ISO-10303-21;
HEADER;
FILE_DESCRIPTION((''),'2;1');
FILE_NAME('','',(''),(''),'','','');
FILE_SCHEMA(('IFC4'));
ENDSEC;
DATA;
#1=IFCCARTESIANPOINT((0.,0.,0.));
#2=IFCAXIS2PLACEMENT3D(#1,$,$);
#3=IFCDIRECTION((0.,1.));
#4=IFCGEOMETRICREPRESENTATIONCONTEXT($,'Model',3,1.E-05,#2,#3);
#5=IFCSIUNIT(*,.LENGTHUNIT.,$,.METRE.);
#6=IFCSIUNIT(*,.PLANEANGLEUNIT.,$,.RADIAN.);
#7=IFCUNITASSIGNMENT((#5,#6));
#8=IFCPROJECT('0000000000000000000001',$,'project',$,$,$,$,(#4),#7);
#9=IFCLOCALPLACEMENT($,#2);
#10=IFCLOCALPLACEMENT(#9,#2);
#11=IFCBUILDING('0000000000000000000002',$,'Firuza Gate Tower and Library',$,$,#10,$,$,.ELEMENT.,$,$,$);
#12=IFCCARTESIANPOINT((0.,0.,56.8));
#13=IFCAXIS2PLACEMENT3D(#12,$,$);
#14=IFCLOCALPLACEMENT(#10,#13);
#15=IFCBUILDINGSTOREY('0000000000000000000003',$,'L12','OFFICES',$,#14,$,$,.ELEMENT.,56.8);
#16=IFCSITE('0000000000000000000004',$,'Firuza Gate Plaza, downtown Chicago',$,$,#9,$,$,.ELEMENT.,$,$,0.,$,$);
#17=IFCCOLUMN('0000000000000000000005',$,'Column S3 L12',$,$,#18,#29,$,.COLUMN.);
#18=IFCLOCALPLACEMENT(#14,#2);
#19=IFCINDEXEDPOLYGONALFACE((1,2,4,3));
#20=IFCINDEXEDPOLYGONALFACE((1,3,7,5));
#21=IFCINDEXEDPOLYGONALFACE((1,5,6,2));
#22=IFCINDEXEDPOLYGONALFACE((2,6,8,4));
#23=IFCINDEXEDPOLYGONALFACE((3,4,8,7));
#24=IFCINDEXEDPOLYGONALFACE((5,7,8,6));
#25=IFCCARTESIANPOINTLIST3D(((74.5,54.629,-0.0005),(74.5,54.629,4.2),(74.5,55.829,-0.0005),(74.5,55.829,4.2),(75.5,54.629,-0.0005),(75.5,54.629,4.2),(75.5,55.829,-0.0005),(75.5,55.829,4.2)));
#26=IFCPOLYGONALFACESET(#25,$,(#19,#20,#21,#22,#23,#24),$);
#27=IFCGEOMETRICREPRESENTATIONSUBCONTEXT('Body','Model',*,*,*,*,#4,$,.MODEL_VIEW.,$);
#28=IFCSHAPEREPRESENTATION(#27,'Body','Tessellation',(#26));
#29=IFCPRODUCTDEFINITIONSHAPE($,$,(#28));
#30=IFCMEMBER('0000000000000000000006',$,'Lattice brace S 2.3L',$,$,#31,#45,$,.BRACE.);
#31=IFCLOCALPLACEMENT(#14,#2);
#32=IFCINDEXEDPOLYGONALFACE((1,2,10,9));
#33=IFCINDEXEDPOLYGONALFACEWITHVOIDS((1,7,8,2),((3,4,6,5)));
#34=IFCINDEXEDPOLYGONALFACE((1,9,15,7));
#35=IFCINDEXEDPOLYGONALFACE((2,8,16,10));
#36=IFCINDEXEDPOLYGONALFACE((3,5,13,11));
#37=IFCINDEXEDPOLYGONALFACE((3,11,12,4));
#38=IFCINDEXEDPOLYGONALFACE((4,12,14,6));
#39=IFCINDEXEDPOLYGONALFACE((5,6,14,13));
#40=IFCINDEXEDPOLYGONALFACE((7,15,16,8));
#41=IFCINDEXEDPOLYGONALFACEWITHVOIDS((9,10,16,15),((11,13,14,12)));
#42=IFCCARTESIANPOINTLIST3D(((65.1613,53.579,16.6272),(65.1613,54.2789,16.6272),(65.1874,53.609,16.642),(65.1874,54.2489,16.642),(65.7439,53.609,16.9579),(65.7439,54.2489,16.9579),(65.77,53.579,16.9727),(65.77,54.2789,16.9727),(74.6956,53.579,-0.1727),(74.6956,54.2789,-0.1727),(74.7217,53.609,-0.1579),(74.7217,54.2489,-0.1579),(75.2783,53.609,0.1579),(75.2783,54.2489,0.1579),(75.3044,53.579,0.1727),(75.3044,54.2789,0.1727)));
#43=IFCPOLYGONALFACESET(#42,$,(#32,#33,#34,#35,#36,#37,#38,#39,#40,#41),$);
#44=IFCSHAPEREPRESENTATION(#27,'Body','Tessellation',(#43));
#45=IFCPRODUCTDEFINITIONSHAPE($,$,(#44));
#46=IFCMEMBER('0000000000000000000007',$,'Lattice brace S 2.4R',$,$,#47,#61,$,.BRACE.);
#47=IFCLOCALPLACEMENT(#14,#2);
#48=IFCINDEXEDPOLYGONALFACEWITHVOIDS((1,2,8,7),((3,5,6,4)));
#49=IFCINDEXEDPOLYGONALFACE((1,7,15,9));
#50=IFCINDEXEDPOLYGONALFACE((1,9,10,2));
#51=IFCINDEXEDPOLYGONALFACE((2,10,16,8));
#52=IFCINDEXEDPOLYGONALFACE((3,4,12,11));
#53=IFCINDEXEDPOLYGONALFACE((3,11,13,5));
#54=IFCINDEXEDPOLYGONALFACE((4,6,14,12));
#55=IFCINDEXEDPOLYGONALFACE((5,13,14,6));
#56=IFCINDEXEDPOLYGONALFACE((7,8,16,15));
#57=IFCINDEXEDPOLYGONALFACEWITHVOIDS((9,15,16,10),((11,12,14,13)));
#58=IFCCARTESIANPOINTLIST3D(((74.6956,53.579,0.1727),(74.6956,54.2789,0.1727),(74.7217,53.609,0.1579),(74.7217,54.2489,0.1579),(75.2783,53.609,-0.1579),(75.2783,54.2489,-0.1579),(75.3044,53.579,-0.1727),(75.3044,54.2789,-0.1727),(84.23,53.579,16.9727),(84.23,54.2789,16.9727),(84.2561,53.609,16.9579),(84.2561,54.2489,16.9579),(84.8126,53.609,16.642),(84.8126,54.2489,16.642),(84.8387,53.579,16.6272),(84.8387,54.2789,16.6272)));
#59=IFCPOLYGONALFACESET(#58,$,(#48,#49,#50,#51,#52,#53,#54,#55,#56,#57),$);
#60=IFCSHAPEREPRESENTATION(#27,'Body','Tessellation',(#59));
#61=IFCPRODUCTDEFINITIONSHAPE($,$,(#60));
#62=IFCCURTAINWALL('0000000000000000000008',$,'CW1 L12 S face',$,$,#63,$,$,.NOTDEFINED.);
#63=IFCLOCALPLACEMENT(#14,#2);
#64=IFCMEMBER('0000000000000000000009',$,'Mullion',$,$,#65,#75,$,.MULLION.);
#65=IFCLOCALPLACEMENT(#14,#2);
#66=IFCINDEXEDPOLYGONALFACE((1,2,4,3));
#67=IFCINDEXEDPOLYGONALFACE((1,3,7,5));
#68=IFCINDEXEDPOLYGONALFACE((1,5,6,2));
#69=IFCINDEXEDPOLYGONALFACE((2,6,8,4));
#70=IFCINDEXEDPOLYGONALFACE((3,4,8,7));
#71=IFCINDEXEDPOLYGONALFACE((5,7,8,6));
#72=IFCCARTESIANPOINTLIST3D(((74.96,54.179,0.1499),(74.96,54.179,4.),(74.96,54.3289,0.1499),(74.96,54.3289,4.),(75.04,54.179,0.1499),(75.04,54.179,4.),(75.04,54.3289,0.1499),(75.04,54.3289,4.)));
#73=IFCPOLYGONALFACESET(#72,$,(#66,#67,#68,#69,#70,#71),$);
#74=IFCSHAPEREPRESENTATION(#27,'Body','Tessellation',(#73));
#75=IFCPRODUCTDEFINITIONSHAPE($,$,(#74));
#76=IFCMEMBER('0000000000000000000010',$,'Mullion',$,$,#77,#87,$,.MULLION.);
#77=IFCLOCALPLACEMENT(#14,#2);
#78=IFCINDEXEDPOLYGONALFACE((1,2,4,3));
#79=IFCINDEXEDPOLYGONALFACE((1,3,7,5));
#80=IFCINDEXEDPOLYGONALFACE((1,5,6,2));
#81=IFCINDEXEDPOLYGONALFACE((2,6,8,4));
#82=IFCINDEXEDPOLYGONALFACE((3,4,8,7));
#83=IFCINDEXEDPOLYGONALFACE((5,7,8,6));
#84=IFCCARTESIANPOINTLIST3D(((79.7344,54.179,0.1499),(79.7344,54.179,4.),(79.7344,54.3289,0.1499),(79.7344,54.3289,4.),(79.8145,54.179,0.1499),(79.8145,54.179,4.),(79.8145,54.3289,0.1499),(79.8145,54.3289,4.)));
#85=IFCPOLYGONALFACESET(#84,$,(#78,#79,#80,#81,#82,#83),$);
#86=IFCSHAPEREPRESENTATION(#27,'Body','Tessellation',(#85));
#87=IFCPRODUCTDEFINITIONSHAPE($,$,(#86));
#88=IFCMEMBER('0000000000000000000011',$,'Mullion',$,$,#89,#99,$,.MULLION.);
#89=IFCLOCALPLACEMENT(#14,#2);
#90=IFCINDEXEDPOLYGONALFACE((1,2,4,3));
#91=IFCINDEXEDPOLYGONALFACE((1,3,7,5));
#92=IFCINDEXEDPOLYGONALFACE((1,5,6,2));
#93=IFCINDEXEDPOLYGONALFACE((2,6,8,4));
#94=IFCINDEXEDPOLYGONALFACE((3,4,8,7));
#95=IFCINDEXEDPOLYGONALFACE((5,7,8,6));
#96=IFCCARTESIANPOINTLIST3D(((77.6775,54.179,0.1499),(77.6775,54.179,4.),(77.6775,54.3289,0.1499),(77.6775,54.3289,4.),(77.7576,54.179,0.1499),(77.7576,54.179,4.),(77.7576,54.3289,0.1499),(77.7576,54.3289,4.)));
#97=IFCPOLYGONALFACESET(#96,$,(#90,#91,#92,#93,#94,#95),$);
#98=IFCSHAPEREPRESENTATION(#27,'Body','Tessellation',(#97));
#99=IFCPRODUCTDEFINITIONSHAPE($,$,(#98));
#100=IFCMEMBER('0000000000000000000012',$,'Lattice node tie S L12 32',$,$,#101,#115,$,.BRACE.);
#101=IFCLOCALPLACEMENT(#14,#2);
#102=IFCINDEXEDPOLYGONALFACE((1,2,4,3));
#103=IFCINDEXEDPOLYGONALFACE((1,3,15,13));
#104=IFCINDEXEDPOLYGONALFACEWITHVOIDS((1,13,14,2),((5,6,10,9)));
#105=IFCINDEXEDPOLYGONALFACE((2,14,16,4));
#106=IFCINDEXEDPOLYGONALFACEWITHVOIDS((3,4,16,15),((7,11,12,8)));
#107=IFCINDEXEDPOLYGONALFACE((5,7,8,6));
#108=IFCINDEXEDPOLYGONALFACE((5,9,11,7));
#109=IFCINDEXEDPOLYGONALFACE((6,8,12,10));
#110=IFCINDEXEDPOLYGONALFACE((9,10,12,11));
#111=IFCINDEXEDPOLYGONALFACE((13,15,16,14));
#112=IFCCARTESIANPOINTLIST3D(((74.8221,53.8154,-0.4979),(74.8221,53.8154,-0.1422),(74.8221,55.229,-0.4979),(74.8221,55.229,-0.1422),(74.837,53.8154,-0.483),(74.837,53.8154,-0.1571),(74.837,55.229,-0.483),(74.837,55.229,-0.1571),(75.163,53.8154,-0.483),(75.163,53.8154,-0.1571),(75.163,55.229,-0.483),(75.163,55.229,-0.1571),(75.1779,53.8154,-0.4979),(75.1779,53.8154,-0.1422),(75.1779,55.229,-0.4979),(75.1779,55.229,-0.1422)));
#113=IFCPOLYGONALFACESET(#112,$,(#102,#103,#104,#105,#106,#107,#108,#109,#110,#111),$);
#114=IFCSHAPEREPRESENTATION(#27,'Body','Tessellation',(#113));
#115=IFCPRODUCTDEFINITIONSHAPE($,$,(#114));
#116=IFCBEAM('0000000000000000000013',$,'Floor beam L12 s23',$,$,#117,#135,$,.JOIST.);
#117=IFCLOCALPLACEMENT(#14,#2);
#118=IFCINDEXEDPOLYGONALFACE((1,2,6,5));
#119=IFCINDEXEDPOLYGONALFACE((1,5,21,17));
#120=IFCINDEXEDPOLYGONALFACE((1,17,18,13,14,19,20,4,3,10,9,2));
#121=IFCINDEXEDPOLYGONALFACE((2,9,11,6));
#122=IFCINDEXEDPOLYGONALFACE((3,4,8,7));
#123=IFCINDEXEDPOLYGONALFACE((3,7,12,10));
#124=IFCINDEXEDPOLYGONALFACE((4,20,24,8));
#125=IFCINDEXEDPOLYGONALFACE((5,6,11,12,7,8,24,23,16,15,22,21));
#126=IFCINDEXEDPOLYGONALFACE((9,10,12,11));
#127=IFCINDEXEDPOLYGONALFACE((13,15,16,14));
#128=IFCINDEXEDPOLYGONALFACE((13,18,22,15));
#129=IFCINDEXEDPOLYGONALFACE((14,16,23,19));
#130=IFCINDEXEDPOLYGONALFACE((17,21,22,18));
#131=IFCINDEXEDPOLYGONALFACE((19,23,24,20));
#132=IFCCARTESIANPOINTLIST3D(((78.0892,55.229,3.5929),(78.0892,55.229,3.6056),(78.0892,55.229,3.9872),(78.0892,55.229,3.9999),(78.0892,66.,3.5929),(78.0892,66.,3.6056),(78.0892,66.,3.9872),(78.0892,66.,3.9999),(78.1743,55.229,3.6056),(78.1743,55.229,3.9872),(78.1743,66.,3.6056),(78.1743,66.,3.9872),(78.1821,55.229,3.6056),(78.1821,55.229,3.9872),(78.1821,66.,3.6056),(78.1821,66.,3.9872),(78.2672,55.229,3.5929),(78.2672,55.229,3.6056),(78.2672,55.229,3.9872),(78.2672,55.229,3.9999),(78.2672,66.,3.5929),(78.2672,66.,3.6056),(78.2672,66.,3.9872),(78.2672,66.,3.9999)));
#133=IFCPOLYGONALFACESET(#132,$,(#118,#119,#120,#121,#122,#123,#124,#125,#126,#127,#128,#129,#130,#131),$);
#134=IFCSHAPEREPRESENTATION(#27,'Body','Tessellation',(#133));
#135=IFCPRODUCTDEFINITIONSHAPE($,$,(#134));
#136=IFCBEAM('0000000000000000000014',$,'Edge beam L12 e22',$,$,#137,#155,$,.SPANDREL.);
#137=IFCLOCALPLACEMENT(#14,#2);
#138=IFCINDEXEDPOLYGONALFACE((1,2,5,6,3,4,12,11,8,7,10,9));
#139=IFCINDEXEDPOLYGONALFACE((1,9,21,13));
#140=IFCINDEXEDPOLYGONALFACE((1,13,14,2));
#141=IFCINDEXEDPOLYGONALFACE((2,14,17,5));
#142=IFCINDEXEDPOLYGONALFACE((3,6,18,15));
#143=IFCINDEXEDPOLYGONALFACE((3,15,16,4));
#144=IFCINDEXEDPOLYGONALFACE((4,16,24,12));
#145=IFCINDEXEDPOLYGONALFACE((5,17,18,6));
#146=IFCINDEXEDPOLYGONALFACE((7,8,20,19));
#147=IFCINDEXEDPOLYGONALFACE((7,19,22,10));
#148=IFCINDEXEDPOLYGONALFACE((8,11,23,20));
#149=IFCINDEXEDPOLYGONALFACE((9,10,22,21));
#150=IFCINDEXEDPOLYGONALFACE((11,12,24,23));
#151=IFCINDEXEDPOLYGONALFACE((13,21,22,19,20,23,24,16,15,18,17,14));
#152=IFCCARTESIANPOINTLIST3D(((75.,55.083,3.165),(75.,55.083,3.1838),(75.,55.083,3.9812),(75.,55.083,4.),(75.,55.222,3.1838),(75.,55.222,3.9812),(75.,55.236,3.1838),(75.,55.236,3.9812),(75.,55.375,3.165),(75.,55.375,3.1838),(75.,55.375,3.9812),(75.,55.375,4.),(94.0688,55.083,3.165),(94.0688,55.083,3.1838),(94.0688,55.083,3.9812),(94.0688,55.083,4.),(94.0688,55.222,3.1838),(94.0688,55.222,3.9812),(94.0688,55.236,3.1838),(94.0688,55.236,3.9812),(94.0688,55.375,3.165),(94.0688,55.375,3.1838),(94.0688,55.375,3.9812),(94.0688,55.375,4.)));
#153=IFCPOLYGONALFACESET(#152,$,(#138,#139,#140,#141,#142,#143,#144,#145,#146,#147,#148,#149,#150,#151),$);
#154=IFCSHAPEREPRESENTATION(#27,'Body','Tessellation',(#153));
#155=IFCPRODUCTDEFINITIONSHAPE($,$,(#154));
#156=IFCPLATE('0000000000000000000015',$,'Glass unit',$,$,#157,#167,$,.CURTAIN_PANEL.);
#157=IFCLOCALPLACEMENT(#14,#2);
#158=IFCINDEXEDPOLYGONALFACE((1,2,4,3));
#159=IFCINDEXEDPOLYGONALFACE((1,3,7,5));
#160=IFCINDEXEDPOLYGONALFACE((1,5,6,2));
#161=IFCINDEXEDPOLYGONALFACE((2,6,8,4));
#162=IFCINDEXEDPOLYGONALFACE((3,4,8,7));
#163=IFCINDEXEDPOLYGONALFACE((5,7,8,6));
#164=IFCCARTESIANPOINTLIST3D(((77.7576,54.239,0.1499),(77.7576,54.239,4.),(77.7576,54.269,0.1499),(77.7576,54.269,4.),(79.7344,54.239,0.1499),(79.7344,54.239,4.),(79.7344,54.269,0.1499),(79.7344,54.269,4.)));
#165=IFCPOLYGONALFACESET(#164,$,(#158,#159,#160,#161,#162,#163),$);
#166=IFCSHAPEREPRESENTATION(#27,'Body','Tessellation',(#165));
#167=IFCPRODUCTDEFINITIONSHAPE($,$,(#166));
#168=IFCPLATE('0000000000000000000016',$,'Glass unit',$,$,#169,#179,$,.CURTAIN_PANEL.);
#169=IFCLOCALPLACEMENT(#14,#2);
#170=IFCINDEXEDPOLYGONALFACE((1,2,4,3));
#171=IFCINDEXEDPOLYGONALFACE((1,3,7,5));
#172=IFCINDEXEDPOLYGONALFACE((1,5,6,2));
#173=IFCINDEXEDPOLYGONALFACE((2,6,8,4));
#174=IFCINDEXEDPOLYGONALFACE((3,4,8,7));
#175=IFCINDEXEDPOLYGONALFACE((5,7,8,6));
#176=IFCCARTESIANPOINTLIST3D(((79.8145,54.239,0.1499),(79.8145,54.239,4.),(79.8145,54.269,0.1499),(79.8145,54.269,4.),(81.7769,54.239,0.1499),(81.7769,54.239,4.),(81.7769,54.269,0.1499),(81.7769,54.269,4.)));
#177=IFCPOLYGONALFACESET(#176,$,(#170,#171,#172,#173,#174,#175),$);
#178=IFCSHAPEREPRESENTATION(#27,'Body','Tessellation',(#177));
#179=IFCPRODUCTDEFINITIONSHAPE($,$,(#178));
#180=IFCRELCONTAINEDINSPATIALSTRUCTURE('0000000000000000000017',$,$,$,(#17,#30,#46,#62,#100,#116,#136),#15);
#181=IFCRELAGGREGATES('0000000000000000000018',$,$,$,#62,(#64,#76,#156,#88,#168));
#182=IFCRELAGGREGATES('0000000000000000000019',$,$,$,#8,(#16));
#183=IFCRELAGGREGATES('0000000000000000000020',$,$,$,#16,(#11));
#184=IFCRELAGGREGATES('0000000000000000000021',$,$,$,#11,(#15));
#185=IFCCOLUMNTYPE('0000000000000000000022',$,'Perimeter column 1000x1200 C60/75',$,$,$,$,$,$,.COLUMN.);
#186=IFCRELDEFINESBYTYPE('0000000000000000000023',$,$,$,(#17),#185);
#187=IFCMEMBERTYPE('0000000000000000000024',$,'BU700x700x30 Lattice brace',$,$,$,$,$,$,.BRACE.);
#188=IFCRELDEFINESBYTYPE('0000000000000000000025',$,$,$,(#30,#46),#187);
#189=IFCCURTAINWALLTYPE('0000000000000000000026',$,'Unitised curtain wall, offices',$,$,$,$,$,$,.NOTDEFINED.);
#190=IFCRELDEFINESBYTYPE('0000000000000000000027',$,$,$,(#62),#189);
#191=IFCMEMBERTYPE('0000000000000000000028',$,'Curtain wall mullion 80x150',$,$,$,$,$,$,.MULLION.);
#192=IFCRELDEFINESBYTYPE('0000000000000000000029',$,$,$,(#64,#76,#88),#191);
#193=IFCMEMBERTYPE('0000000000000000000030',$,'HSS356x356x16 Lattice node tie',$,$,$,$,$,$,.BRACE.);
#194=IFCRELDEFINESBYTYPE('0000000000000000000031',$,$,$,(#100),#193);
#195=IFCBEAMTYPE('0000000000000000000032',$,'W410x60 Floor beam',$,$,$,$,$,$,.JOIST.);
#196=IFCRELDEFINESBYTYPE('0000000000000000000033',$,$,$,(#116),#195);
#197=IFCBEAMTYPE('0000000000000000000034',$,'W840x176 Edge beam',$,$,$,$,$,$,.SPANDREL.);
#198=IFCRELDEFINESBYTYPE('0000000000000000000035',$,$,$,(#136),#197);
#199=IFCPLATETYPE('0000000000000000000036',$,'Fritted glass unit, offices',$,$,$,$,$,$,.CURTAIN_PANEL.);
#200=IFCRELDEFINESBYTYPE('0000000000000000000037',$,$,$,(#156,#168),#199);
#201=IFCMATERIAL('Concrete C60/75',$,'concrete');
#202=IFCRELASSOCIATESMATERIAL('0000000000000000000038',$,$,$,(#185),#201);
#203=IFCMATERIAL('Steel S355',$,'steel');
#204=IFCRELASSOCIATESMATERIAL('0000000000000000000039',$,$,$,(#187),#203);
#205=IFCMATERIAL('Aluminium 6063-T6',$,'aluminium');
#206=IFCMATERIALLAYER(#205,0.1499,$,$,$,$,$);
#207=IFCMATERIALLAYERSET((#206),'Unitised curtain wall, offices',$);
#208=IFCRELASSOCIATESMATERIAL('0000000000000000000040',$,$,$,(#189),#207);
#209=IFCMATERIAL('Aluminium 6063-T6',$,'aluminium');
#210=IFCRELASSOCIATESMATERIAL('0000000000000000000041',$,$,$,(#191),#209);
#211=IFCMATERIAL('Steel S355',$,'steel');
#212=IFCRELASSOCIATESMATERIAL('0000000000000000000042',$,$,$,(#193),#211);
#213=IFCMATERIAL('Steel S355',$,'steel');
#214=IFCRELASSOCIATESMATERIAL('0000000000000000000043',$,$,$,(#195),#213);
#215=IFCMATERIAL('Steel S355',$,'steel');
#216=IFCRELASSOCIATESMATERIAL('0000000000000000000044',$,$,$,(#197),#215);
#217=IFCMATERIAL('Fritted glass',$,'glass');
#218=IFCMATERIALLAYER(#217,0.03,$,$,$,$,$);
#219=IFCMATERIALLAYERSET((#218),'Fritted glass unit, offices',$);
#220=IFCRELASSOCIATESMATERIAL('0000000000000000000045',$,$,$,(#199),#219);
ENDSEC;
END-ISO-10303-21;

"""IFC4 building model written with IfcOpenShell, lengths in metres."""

from ifc_helpers import new_model, si_unit, direction, frame, origin, origin_2d, place, context, subcontext, project, spatial, polyline, rectangle, hollow_rectangle, i_section, outline, extrude, material, layer, layer_set, material_profile, profile_set, type_object, element, aggregate, save


model = new_model("IFC4")

# Units and contexts
model_context = context("Model", 3, precision=1e-05, world=origin(), true_north=direction((0.0, 1.0)))
body_context = subcontext(model_context, "Body", "Model", "MODEL_VIEW")
ifc_project = project(units=[si_unit("LENGTHUNIT", "METRE"), si_unit("PLANEANGLEUNIT", "RADIAN")], contexts=[model_context])

# Site, building, storey
site_placement = place(None, origin())
site = spatial("IfcSite", under=ifc_project, at=site_placement, Name="Firuza Gate Plaza, downtown Chicago", CompositionType="ELEMENT", RefElevation=0.0)
building_placement = place(site_placement, origin())
building = spatial("IfcBuilding", under=site, at=building_placement, Name="Firuza Gate Tower and Library", CompositionType="ELEMENT")
storey_placement = place(building_placement, frame((0.0, 0.0, 56.8)))
storey = spatial("IfcBuildingStorey", under=building, at=storey_placement, Name="L12", Description="OFFICES", CompositionType="ELEMENT", Elevation=56.8)

# Column
ifc_material_1 = material(Name="Concrete C60/75", Category="concrete")
ifc_material_profile_1 = material_profile(ifc_material_1, rectangle(XDim=1.0, YDim=1.2, at=origin_2d()))
ifc_profile_set_1 = profile_set([ifc_material_profile_1], Name="Concrete C60/75")
column_type = type_object("IfcColumnType", Name="Perimeter column 1000x1200 C60/75", PredefinedType="COLUMN", material=ifc_profile_set_1)
column_placement = place(storey_placement, frame((75.0, 55.229, -0.0005), z_axis=(0.0, 0.0, 1.0), x_axis=(1.0, 0.0, 0.0)))
element("IfcColumn", 1, at=column_placement, inside=storey, type_object=column_type, Name="Column S3 L12", PredefinedType="COLUMN", context=body_context, shape_type="SweptSolid", body=[
    extrude(rectangle(XDim=1.0, YDim=1.2, at=origin_2d()), origin(), (0.0, 0.0, 1.0), 4.2004),
])

# Members
ifc_material_2 = material(Name="Steel S355", Category="steel")
ifc_material_profile_2 = material_profile(ifc_material_2, hollow_rectangle(XDim=0.7, YDim=0.7, WallThickness=0.03, at=origin_2d()))
ifc_profile_set_2 = profile_set([ifc_material_profile_2], Name="Steel S355")
member_type_1 = type_object("IfcMemberType", Name="BU700x700x30 Lattice brace", PredefinedType="BRACE", material=ifc_profile_set_2)
for number, where, z_axis, x_axis, name in (
    (2, (75.0, 53.929, 0.0), (-0.493577, 0.0, 0.869702), (0.0, -1.0, 0.0), "Lattice brace S 2.3L"),
    (3, (75.0, 53.929, 0.0), (0.493577, 0.0, 0.869702), (0.0, 1.0, 0.0), "Lattice brace S 2.4R"),
):
    element("IfcMember", number, at=place(storey_placement, frame(where, z_axis=z_axis, x_axis=x_axis)), inside=storey, type_object=member_type_1, Name=name, PredefinedType="BRACE", context=body_context, shape_type="SweptSolid", body=[
        extrude(hollow_rectangle(XDim=0.7, YDim=0.7, WallThickness=0.03, at=origin_2d()), origin(), (0.0, 0.0, 1.0), 19.3169),
    ])

# Curtain wall, members
ifc_material_3 = material(Name="Aluminium 6063-T6", Category="aluminium")
ifc_layer_1 = layer(ifc_material_3, 0.1499)
ifc_layer_set_1 = layer_set([ifc_layer_1], Name="Unitised curtain wall, offices")
curtain_wall_type = type_object("IfcCurtainWallType", Name="Unitised curtain wall, offices", PredefinedType="NOTDEFINED", material=ifc_layer_set_1)
curtain_wall_placement = place(storey_placement, origin())
curtain_wall = element("IfcCurtainWall", 4, at=curtain_wall_placement, inside=storey, type_object=curtain_wall_type, Name="CW1 L12 S face", PredefinedType="NOTDEFINED")
ifc_material_4 = material(Name="Aluminium 6063-T6", Category="aluminium")
ifc_material_profile_3 = material_profile(ifc_material_4, rectangle(XDim=0.1499, YDim=0.0801, at=origin_2d()))
ifc_profile_set_3 = profile_set([ifc_material_profile_3], Name="Aluminium 6063-T6")
member_type_2 = type_object("IfcMemberType", Name="Curtain wall mullion 80x150", PredefinedType="MULLION", material=ifc_profile_set_3)
member_1_placement = place(storey_placement, frame((75.0, 54.2539, 0.1499), z_axis=(0.0, 0.0, 1.0), x_axis=(0.0, 1.0, 0.0)))
member_1 = element("IfcMember", 5, at=member_1_placement, type_object=member_type_2, Name="Mullion", PredefinedType="MULLION", context=body_context, shape_type="SweptSolid", body=[
    extrude(rectangle(XDim=0.1499, YDim=0.0801, at=origin_2d()), origin(), (0.0, 0.0, 1.0), 3.8501),
])
member_2_placement = place(storey_placement, frame((79.7744, 54.2539, 0.1499), z_axis=(0.0, 0.0, 1.0), x_axis=(0.0, 1.0, 0.0)))
member_2 = element("IfcMember", 6, at=member_2_placement, type_object=member_type_2, Name="Mullion", PredefinedType="MULLION", context=body_context, shape_type="SweptSolid", body=[
    extrude(rectangle(XDim=0.1499, YDim=0.0801, at=origin_2d()), origin(), (0.0, 0.0, 1.0), 3.8501),
])
member_3_placement = place(storey_placement, frame((77.7175, 54.2539, 0.1499), z_axis=(0.0, 0.0, 1.0), x_axis=(0.0, 1.0, 0.0)))
member_3 = element("IfcMember", 7, at=member_3_placement, type_object=member_type_2, Name="Mullion", PredefinedType="MULLION", context=body_context, shape_type="SweptSolid", body=[
    extrude(rectangle(XDim=0.1499, YDim=0.0801, at=origin_2d()), origin(), (0.0, 0.0, 1.0), 3.8501),
])

# Member
ifc_material_5 = material(Name="Steel S355", Category="steel")
ifc_material_profile_4 = material_profile(ifc_material_5, hollow_rectangle(XDim=0.3557, YDim=0.3557, WallThickness=0.0149, at=origin_2d()))
ifc_profile_set_4 = profile_set([ifc_material_profile_4], Name="Steel S355")
member_type_3 = type_object("IfcMemberType", Name="HSS356x356x16 Lattice node tie", PredefinedType="BRACE", material=ifc_profile_set_4)
member_4_placement = place(storey_placement, frame((75.0, 55.229, -0.3201), z_axis=(0.0, -1.0, 0.0), x_axis=(1.0, 0.0, 0.0)))
element("IfcMember", 8, at=member_4_placement, inside=storey, type_object=member_type_3, Name="Lattice node tie S L12 32", PredefinedType="BRACE", context=body_context, shape_type="SweptSolid", body=[
    extrude(hollow_rectangle(XDim=0.3557, YDim=0.3557, WallThickness=0.0149, at=origin_2d()), origin(), (0.0, 0.0, 1.0), 1.4136),
])

# Beams
ifc_material_6 = material(Name="Steel S355", Category="steel")
ifc_material_profile_5 = material_profile(ifc_material_6, i_section(OverallWidth=0.178, OverallDepth=0.407, WebThickness=0.0078, FlangeThickness=0.0127, at=origin_2d()))
ifc_profile_set_5 = profile_set([ifc_material_profile_5], Name="Steel S355")
beam_type_1 = type_object("IfcBeamType", Name="W410x60 Floor beam", PredefinedType="JOIST", material=ifc_profile_set_5)
beam_1_placement = place(storey_placement, frame((78.1782, 55.229, 3.7964), z_axis=(0.0, 1.0, 0.0), x_axis=(-1.0, 0.0, 0.0)))
element("IfcBeam", 9, at=beam_1_placement, inside=storey, type_object=beam_type_1, Name="Floor beam L12 s23", PredefinedType="JOIST", context=body_context, shape_type="SweptSolid", body=[
    extrude(i_section(OverallWidth=0.178, OverallDepth=0.407, WebThickness=0.0078, FlangeThickness=0.0127, at=origin_2d()), origin(), (0.0, 0.0, 1.0), 10.771),
])
ifc_material_7 = material(Name="Steel S355", Category="steel")
ifc_material_profile_6 = material_profile(ifc_material_7, i_section(OverallWidth=0.292, OverallDepth=0.835, WebThickness=0.0139, FlangeThickness=0.0188, at=origin_2d()))
ifc_profile_set_6 = profile_set([ifc_material_profile_6], Name="Steel S355")
beam_type_2 = type_object("IfcBeamType", Name="W840x176 Edge beam", PredefinedType="SPANDREL", material=ifc_profile_set_6)
beam_2_placement = place(storey_placement, frame((75.0, 55.229, 3.5825), z_axis=(1.0, 0.0, 0.0), x_axis=(0.0, 1.0, 0.0)))
element("IfcBeam", 10, at=beam_2_placement, inside=storey, type_object=beam_type_2, Name="Edge beam L12 e22", PredefinedType="SPANDREL", context=body_context, shape_type="SweptSolid", body=[
    extrude(i_section(OverallWidth=0.292, OverallDepth=0.835, WebThickness=0.0139, FlangeThickness=0.0188, at=origin_2d()), origin(), (0.0, 0.0, 1.0), 19.0688),
])

# Plates
ifc_material_8 = material(Name="Fritted glass", Category="glass")
ifc_layer_2 = layer(ifc_material_8, 0.03)
ifc_layer_set_2 = layer_set([ifc_layer_2], Name="Fritted glass unit, offices")
plate_type_1 = type_object("IfcPlateType", Name="Fritted glass unit, offices", PredefinedType="CURTAIN_PANEL", material=ifc_layer_set_2)
plate_1_placement = place(storey_placement, frame((77.7576, 54.239, 0.1499), z_axis=(0.0, -1.0, 0.0), x_axis=(1.0, 0.0, 0.0)))
plate_1 = element("IfcPlate", 11, at=plate_1_placement, type_object=plate_type_1, Name="Glass unit", PredefinedType="CURTAIN_PANEL", context=body_context, shape_type="SweptSolid", body=[
    extrude(outline(polyline([(0.0, 0.0), (1.9768, 0.0), (1.9768, 3.8501), (0.0, 3.8501), (0.0, 0.0)])), origin(), (0.0, 0.0, -1.0), 0.03),
])
plate_2_placement = place(storey_placement, frame((79.8145, 54.239, 0.1499), z_axis=(0.0, -1.0, 0.0), x_axis=(1.0, 0.0, 0.0)))
plate_2 = element("IfcPlate", 12, at=plate_2_placement, type_object=plate_type_1, Name="Glass unit", PredefinedType="CURTAIN_PANEL", context=body_context, shape_type="SweptSolid", body=[
    extrude(outline(polyline([(0.0, 0.0), (1.9624, 0.0), (1.9624, 3.8501), (0.0, 3.8501), (0.0, 0.0)])), origin(), (0.0, 0.0, -1.0), 0.03),
])
aggregate(curtain_wall, [member_1, member_2, plate_1, member_3, plate_2])

save(model, "model.ifc")
